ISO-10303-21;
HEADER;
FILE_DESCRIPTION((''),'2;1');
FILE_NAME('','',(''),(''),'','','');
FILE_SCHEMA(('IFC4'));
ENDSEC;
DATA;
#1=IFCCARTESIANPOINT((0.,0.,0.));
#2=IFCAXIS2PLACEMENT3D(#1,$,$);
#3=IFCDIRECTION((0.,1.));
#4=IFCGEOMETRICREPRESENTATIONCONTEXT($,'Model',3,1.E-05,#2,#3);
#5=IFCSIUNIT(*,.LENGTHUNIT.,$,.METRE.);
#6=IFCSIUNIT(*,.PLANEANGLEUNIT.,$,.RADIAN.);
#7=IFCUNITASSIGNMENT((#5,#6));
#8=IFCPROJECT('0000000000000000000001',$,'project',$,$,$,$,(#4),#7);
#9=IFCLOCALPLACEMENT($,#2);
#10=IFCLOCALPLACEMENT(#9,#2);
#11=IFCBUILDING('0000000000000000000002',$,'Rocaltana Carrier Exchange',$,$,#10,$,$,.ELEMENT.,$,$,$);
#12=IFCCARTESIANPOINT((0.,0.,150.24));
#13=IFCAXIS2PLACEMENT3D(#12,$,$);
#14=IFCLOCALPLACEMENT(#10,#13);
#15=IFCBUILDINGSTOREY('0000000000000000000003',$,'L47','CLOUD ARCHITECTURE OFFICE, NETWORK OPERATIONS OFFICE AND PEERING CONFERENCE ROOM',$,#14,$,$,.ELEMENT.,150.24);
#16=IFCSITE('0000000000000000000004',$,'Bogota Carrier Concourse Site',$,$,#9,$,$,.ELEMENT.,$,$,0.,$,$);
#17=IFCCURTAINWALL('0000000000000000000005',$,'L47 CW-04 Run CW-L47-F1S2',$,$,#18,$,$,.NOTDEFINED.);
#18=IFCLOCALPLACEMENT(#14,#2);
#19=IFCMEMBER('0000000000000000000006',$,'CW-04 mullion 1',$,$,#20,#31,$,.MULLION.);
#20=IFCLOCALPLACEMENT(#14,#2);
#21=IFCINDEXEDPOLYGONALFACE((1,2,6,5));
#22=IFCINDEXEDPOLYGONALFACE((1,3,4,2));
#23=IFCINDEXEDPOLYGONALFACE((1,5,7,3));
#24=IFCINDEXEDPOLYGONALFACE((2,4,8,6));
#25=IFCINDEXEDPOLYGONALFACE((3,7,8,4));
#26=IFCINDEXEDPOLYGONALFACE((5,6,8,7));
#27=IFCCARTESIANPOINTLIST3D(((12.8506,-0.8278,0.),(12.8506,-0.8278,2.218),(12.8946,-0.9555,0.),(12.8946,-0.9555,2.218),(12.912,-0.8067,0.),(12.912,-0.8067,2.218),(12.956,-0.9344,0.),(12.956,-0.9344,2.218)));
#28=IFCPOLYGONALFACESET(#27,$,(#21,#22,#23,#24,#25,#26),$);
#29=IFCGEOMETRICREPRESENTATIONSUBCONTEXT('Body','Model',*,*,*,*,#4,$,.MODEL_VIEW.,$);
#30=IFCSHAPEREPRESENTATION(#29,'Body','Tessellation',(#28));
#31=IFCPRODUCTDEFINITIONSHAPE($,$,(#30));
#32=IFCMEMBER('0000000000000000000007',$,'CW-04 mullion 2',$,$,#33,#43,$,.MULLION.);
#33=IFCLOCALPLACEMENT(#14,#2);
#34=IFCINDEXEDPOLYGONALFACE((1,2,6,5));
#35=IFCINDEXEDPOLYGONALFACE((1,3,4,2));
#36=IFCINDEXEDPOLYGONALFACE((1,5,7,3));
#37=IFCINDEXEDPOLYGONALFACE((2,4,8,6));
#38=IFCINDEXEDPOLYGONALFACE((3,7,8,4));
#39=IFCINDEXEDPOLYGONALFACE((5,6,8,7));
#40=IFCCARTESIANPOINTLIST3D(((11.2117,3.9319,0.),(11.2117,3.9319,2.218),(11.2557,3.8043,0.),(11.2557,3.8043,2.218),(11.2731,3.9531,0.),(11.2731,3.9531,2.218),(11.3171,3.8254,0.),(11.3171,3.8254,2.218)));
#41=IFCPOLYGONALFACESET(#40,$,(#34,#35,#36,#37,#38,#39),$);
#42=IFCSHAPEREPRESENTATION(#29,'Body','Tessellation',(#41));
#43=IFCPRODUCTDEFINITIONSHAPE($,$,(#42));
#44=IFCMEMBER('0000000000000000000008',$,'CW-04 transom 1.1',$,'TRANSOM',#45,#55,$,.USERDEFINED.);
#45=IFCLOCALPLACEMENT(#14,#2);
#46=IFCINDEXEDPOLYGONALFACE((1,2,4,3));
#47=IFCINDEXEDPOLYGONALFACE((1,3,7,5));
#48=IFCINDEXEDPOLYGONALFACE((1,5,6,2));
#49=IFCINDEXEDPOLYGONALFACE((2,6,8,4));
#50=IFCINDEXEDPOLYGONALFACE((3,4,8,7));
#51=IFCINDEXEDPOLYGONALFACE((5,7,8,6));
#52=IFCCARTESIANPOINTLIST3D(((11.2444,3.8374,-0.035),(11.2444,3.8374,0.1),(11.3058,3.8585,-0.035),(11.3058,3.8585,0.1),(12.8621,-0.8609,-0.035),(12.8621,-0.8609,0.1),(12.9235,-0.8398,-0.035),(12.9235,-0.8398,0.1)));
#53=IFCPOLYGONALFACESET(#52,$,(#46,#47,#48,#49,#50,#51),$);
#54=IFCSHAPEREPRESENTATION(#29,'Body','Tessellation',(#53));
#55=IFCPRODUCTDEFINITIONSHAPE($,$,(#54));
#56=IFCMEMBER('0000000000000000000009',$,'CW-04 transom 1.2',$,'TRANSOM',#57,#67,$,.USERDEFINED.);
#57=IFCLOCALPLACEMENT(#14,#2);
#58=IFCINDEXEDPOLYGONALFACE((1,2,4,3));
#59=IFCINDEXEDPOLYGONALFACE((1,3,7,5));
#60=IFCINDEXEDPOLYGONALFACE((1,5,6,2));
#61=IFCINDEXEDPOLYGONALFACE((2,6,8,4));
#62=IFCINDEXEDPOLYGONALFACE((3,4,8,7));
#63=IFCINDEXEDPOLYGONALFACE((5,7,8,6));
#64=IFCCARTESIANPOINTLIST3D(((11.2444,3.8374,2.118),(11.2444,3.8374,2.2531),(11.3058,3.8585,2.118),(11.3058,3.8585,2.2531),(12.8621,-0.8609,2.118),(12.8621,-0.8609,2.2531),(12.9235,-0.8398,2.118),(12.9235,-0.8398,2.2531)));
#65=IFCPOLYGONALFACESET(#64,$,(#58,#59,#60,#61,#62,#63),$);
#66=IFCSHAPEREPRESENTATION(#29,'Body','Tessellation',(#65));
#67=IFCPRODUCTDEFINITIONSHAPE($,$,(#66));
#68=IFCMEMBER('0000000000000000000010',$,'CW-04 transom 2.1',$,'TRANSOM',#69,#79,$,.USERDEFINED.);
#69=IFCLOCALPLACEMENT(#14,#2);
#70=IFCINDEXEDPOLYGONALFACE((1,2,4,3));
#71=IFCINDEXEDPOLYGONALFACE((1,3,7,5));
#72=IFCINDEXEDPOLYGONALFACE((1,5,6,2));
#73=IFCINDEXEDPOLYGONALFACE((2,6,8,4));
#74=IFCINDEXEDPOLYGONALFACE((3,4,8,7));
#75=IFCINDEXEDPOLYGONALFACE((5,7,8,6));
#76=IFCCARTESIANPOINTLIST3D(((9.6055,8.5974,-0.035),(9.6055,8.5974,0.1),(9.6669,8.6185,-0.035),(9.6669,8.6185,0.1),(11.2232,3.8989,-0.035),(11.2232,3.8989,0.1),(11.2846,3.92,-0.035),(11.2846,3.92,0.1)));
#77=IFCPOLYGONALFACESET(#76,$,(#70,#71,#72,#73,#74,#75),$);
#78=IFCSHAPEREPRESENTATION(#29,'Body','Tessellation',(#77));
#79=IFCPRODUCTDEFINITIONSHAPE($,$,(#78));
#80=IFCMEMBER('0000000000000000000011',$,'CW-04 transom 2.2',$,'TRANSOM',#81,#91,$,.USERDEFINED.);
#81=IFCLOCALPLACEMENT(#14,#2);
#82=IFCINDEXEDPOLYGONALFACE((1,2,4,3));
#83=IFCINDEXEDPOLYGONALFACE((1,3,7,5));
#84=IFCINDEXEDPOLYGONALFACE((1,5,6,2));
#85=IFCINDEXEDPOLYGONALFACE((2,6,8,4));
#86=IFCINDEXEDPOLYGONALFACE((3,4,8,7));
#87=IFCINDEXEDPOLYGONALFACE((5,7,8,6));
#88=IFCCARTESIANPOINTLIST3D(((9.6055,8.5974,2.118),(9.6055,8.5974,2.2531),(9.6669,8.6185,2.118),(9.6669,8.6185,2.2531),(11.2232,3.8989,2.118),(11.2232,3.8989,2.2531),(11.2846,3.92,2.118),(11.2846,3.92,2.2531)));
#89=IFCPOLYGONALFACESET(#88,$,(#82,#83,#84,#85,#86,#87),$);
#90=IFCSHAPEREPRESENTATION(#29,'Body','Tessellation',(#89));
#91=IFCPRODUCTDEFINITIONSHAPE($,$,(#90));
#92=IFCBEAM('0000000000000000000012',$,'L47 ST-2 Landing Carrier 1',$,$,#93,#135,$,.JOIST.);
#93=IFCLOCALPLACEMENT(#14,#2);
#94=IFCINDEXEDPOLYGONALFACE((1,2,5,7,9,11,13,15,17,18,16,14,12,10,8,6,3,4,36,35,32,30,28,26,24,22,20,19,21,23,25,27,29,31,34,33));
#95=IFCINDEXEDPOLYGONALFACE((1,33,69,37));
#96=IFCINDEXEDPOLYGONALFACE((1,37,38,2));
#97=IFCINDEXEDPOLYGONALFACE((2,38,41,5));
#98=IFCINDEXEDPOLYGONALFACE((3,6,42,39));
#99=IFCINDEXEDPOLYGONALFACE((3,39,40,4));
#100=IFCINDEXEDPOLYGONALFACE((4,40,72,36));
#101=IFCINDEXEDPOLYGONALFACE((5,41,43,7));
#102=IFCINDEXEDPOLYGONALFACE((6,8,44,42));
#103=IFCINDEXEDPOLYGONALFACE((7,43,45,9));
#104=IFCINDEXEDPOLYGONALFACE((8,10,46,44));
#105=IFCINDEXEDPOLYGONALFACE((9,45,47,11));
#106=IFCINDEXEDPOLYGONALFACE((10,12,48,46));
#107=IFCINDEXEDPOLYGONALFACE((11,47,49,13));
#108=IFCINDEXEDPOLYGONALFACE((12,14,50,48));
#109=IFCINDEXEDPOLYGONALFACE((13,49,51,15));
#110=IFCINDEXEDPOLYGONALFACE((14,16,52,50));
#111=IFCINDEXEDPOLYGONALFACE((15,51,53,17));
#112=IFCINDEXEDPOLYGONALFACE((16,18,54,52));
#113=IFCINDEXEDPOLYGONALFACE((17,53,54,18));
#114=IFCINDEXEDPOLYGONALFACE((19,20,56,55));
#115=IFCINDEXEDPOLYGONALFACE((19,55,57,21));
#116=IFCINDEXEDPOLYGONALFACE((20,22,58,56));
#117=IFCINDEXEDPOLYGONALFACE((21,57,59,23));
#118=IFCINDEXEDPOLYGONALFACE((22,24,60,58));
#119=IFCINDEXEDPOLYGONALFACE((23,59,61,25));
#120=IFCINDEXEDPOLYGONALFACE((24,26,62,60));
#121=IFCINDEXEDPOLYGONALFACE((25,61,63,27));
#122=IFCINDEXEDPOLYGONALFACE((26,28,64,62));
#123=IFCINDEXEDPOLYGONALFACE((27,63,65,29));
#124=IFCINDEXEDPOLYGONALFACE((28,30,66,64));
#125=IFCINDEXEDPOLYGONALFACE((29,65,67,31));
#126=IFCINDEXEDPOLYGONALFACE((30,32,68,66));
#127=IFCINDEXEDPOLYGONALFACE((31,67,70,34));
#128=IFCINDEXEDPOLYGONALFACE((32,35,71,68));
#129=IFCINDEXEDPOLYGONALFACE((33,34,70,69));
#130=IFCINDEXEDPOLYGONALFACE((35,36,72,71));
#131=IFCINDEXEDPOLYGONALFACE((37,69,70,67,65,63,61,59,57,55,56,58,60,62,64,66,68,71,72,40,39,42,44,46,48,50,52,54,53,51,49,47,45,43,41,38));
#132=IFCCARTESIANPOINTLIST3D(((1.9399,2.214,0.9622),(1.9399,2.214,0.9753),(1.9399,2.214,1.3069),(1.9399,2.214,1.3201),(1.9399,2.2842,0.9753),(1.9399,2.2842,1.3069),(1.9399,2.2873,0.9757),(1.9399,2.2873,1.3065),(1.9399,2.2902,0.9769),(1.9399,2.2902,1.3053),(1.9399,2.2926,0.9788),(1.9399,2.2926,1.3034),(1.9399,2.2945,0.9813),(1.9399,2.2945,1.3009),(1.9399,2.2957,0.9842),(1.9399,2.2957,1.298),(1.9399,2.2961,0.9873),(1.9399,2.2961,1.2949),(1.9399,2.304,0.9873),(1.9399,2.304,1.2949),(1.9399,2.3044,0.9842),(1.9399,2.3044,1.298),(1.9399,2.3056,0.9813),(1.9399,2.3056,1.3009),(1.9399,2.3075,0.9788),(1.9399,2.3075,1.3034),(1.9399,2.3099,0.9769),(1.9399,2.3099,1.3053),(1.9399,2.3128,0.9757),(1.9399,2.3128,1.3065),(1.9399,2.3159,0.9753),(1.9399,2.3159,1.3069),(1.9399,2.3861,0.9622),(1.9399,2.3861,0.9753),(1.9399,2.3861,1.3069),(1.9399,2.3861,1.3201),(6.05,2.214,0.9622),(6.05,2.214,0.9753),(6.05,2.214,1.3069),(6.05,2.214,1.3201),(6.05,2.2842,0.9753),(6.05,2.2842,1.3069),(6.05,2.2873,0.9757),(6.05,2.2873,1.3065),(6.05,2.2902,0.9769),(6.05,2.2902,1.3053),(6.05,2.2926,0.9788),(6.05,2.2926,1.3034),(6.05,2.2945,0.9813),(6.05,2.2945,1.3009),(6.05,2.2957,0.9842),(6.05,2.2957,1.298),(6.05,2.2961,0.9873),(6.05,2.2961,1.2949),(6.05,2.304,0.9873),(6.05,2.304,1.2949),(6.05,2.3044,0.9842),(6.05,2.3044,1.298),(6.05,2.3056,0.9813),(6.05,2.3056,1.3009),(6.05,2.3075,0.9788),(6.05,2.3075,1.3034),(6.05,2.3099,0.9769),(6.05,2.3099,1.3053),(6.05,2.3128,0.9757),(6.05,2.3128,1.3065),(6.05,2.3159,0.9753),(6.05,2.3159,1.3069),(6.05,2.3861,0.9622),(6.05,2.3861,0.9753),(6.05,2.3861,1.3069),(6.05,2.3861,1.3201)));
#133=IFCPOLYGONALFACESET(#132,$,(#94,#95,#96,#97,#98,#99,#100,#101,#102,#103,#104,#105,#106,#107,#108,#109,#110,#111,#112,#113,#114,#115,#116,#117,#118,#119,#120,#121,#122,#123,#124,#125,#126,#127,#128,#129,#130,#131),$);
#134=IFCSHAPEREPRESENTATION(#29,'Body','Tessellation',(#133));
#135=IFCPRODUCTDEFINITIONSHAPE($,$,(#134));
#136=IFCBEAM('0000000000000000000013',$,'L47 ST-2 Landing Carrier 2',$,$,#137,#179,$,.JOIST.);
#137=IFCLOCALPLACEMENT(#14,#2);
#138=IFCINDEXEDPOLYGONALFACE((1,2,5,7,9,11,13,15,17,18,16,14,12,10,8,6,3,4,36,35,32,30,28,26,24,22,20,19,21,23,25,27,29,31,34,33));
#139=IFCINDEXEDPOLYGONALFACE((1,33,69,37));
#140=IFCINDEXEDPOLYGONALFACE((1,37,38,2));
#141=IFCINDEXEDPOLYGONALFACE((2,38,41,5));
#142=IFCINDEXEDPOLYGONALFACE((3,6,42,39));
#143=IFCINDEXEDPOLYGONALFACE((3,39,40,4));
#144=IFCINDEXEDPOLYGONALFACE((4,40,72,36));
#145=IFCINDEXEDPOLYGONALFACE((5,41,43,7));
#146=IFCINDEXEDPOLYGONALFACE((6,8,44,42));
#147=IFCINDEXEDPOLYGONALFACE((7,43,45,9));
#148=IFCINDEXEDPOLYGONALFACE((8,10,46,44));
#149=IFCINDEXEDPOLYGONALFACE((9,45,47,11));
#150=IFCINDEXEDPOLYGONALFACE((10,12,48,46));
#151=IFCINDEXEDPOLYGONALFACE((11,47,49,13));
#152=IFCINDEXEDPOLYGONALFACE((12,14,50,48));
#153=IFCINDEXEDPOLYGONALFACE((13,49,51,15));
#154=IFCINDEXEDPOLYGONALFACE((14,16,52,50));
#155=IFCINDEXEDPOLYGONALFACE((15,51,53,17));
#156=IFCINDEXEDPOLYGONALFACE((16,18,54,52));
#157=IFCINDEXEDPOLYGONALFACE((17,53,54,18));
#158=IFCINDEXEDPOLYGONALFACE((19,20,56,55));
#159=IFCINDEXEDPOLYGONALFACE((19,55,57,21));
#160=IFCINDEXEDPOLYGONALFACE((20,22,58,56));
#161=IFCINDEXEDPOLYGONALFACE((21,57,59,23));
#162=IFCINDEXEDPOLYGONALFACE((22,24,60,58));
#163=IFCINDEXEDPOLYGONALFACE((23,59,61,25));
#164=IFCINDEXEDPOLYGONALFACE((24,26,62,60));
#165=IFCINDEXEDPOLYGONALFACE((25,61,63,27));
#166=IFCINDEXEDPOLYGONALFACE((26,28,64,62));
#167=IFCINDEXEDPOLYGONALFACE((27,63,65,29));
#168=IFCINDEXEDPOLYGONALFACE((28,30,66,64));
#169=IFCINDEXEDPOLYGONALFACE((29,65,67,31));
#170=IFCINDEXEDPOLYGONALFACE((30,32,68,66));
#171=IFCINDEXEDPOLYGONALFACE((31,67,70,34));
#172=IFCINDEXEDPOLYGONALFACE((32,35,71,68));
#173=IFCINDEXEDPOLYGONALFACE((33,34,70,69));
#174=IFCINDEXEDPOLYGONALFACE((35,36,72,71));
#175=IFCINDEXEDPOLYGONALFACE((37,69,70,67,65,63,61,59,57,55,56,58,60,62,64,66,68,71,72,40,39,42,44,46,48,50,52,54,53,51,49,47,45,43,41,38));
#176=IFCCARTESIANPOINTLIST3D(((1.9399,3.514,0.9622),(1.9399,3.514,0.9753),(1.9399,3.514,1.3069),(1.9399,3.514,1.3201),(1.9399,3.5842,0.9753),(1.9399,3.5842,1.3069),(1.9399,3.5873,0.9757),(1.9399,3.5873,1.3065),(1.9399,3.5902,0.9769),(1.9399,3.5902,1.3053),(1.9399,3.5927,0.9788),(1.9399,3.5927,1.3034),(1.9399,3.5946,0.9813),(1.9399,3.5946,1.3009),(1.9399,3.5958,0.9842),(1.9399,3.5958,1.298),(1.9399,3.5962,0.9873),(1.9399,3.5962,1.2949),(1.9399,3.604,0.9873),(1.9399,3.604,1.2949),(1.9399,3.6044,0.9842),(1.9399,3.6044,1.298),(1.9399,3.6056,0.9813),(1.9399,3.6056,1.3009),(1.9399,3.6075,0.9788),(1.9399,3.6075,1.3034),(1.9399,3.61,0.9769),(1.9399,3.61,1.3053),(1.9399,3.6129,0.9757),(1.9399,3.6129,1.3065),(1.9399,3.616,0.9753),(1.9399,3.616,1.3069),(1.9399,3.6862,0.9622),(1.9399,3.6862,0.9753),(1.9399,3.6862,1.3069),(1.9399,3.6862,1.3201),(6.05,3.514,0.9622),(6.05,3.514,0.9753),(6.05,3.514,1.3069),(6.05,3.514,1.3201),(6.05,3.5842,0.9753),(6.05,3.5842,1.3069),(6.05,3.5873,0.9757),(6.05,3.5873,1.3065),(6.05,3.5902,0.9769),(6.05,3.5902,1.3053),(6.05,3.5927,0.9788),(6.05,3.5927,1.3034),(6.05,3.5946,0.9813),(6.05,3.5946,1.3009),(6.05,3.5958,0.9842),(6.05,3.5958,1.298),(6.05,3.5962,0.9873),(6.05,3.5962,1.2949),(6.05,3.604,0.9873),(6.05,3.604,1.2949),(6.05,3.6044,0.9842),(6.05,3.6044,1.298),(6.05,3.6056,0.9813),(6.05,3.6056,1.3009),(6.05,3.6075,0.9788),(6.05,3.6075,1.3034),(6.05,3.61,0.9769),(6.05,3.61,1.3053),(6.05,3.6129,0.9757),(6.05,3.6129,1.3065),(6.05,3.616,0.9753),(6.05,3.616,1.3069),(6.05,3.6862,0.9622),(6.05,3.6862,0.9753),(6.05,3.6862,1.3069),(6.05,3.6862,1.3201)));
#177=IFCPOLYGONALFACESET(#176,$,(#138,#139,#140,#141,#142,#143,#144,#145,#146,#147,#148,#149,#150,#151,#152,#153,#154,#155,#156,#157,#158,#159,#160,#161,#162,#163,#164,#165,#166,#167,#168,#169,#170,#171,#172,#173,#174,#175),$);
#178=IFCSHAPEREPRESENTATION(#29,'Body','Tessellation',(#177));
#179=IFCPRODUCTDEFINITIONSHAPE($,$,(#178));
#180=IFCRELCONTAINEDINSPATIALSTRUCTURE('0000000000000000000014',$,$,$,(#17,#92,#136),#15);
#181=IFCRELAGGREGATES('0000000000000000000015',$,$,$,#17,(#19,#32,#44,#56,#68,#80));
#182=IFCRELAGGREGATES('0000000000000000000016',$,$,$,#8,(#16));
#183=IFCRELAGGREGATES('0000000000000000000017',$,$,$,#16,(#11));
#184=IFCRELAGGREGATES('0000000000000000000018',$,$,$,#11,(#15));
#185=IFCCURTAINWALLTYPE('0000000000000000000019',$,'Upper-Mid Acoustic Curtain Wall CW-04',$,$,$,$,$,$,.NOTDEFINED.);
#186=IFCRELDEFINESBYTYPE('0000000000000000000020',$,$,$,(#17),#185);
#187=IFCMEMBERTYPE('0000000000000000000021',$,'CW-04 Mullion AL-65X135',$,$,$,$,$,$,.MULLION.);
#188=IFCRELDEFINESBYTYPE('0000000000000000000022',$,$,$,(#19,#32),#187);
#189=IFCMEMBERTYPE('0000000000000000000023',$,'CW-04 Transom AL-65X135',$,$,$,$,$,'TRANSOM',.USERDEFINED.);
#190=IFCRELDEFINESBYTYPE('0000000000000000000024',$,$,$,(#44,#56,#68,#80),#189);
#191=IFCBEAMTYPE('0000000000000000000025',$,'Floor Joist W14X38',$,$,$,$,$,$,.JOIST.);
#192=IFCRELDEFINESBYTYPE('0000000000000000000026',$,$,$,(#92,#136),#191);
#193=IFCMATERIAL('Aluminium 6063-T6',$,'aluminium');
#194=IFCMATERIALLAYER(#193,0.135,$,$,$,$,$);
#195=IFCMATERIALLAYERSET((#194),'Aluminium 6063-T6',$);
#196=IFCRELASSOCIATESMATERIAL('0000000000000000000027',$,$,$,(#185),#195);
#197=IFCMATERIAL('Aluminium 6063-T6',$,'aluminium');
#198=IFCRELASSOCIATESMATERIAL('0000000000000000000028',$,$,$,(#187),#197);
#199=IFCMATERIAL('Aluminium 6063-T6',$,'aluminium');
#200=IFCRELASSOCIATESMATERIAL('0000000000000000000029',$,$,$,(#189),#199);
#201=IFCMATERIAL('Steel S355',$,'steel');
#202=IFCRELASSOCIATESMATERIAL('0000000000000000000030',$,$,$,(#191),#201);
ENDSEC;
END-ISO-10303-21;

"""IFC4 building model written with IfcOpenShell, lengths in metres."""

from ifc_helpers import new_model, si_unit, direction, frame, origin, origin_2d, place, context, subcontext, project, spatial, rectangle, i_section, extrude, material, layer, layer_set, material_profile, profile_set, type_object, element, aggregate, save


model = new_model("IFC4")

# Units and contexts
model_context = context("Model", 3, precision=1e-05, world=origin(), true_north=direction((0.0, 1.0)))
body_context = subcontext(model_context, "Body", "Model", "MODEL_VIEW")
ifc_project = project(units=[si_unit("LENGTHUNIT", "METRE"), si_unit("PLANEANGLEUNIT", "RADIAN")], contexts=[model_context])

# Site, building, storey
site_placement = place(None, origin())
site = spatial("IfcSite", under=ifc_project, at=site_placement, Name="Bogota Carrier Concourse Site", CompositionType="ELEMENT", RefElevation=0.0)
building_placement = place(site_placement, origin())
building = spatial("IfcBuilding", under=site, at=building_placement, Name="Rocaltana Carrier Exchange", CompositionType="ELEMENT")
storey_placement = place(building_placement, frame((0.0, 0.0, 150.24)))
storey = spatial("IfcBuildingStorey", under=building, at=storey_placement, Name="L47", Description="CLOUD ARCHITECTURE OFFICE, NETWORK OPERATIONS OFFICE AND PEERING CONFERENCE ROOM", CompositionType="ELEMENT", Elevation=150.24)

# Curtain wall, members
ifc_material_1 = material(Name="Aluminium 6063-T6", Category="aluminium")
ifc_layer_1 = layer(ifc_material_1, 0.135)
ifc_layer_set_1 = layer_set([ifc_layer_1], Name="Aluminium 6063-T6")
curtain_wall_type = type_object("IfcCurtainWallType", Name="Upper-Mid Acoustic Curtain Wall CW-04", PredefinedType="NOTDEFINED", material=ifc_layer_set_1)
curtain_wall_placement = place(storey_placement, origin())
curtain_wall = element("IfcCurtainWall", 1, at=curtain_wall_placement, inside=storey, type_object=curtain_wall_type, Name="L47 CW-04 Run CW-L47-F1S2", PredefinedType="NOTDEFINED")
ifc_material_2 = material(Name="Aluminium 6063-T6", Category="aluminium")
ifc_material_profile_1 = material_profile(ifc_material_2, rectangle(XDim=0.0649, YDim=0.135, at=origin_2d()), Name="AL-65X135")
ifc_profile_set_1 = profile_set([ifc_material_profile_1], Name="Aluminium 6063-T6")
member_type_1 = type_object("IfcMemberType", Name="CW-04 Mullion AL-65X135", PredefinedType="MULLION", material=ifc_profile_set_1)
member_1_placement = place(storey_placement, frame((12.9033, -0.8811, 0.0), z_axis=(0.0, 0.0, 1.0), x_axis=(-0.945521, -0.325562, 0.0)))
member_1 = element("IfcMember", 2, at=member_1_placement, type_object=member_type_1, Name="CW-04 mullion 1", PredefinedType="MULLION", context=body_context, shape_type="SweptSolid", body=[
    extrude(rectangle(XDim=0.0649, YDim=0.135, at=origin_2d()), origin(), (0.0, 0.0, 1.0), 2.218),
])
member_2_placement = place(storey_placement, frame((11.2644, 3.8787, 0.0), z_axis=(0.0, 0.0, 1.0), x_axis=(-0.945521, -0.325562, 0.0)))
member_2 = element("IfcMember", 3, at=member_2_placement, type_object=member_type_1, Name="CW-04 mullion 2", PredefinedType="MULLION", context=body_context, shape_type="SweptSolid", body=[
    extrude(rectangle(XDim=0.0649, YDim=0.135, at=origin_2d()), origin(), (0.0, 0.0, 1.0), 2.218),
])
ifc_material_3 = material(Name="Aluminium 6063-T6", Category="aluminium")
ifc_material_profile_2 = material_profile(ifc_material_3, rectangle(XDim=0.0649, YDim=0.135, at=origin_2d()), Name="AL-65X135")
ifc_profile_set_2 = profile_set([ifc_material_profile_2], Name="Aluminium 6063-T6")
member_type_2 = type_object("IfcMemberType", Name="CW-04 Transom AL-65X135", ElementType="TRANSOM", PredefinedType="USERDEFINED", material=ifc_profile_set_2)
member_3_placement = place(storey_placement, frame((12.8928, -0.8503, 0.0325), z_axis=(-0.325558, 0.945522, 0.0), x_axis=(-0.945522, -0.325558, 0.0)))
member_3 = element("IfcMember", 4, at=member_3_placement, type_object=member_type_2, Name="CW-04 transom 1.1", ObjectType="TRANSOM", PredefinedType="USERDEFINED", context=body_context, shape_type="SweptSolid", body=[
    extrude(rectangle(XDim=0.0649, YDim=0.135, at=origin_2d()), origin(), (0.0, 0.0, 1.0), 4.969),
])
member_4_placement = place(storey_placement, frame((12.8928, -0.8503, 2.1855), z_axis=(-0.325558, 0.945522, 0.0), x_axis=(-0.945522, -0.325558, 0.0)))
member_4 = element("IfcMember", 5, at=member_4_placement, type_object=member_type_2, Name="CW-04 transom 1.2", ObjectType="TRANSOM", PredefinedType="USERDEFINED", context=body_context, shape_type="SweptSolid", body=[
    extrude(rectangle(XDim=0.0649, YDim=0.135, at=origin_2d()), origin(), (0.0, 0.0, 1.0), 4.969),
])
member_5_placement = place(storey_placement, frame((11.2539, 3.9094, 0.0325), z_axis=(-0.325542, 0.945527, 0.0), x_axis=(-0.945527, -0.325542, 0.0)))
member_5 = element("IfcMember", 6, at=member_5_placement, type_object=member_type_2, Name="CW-04 transom 2.1", ObjectType="TRANSOM", PredefinedType="USERDEFINED", context=body_context, shape_type="SweptSolid", body=[
    extrude(rectangle(XDim=0.0649, YDim=0.135, at=origin_2d()), origin(), (0.0, 0.0, 1.0), 4.9692),
])
member_6_placement = place(storey_placement, frame((11.2539, 3.9094, 2.1855), z_axis=(-0.325542, 0.945527, 0.0), x_axis=(-0.945527, -0.325542, 0.0)))
member_6 = element("IfcMember", 7, at=member_6_placement, type_object=member_type_2, Name="CW-04 transom 2.2", ObjectType="TRANSOM", PredefinedType="USERDEFINED", context=body_context, shape_type="SweptSolid", body=[
    extrude(rectangle(XDim=0.0649, YDim=0.135, at=origin_2d()), origin(), (0.0, 0.0, 1.0), 4.9692),
])

# Beams
ifc_material_4 = material(Name="Steel S355", Category="steel")
ifc_material_profile_3 = material_profile(ifc_material_4, i_section(OverallWidth=0.1721, OverallDepth=0.3579, WebThickness=0.0078, FlangeThickness=0.0132, FilletRadius=0.012, at=origin_2d()), Name="W14X38")
ifc_profile_set_3 = profile_set([ifc_material_profile_3], Name="Steel S355")
beam_type_1 = type_object("IfcBeamType", Name="Floor Joist W14X38", PredefinedType="JOIST", material=ifc_profile_set_3)
for number, where, z_axis, x_axis, name in (
    (8, (1.9399, 2.3, 1.1411), (1.0, 0.0, 0.0), (0.0, 1.0, 0.0), "L47 ST-2 Landing Carrier 1"),
    (9, (1.9399, 3.6001, 1.1411), (1.0, 0.0, 0.0), (0.0, 1.0, 0.0), "L47 ST-2 Landing Carrier 2"),
):
    element("IfcBeam", number, at=place(storey_placement, frame(where, z_axis=z_axis, x_axis=x_axis)), inside=storey, type_object=beam_type_1, Name=name, PredefinedType="JOIST", context=body_context, shape_type="SweptSolid", body=[
        extrude(i_section(OverallWidth=0.1721, OverallDepth=0.3579, WebThickness=0.0078, FlangeThickness=0.0132, FilletRadius=0.012, at=origin_2d()), origin(), (0.0, 0.0, 1.0), 4.1101),
    ])

aggregate(curtain_wall, [member_1, member_2, member_3, member_4, member_5, member_6])

save(model, "model.ifc")
